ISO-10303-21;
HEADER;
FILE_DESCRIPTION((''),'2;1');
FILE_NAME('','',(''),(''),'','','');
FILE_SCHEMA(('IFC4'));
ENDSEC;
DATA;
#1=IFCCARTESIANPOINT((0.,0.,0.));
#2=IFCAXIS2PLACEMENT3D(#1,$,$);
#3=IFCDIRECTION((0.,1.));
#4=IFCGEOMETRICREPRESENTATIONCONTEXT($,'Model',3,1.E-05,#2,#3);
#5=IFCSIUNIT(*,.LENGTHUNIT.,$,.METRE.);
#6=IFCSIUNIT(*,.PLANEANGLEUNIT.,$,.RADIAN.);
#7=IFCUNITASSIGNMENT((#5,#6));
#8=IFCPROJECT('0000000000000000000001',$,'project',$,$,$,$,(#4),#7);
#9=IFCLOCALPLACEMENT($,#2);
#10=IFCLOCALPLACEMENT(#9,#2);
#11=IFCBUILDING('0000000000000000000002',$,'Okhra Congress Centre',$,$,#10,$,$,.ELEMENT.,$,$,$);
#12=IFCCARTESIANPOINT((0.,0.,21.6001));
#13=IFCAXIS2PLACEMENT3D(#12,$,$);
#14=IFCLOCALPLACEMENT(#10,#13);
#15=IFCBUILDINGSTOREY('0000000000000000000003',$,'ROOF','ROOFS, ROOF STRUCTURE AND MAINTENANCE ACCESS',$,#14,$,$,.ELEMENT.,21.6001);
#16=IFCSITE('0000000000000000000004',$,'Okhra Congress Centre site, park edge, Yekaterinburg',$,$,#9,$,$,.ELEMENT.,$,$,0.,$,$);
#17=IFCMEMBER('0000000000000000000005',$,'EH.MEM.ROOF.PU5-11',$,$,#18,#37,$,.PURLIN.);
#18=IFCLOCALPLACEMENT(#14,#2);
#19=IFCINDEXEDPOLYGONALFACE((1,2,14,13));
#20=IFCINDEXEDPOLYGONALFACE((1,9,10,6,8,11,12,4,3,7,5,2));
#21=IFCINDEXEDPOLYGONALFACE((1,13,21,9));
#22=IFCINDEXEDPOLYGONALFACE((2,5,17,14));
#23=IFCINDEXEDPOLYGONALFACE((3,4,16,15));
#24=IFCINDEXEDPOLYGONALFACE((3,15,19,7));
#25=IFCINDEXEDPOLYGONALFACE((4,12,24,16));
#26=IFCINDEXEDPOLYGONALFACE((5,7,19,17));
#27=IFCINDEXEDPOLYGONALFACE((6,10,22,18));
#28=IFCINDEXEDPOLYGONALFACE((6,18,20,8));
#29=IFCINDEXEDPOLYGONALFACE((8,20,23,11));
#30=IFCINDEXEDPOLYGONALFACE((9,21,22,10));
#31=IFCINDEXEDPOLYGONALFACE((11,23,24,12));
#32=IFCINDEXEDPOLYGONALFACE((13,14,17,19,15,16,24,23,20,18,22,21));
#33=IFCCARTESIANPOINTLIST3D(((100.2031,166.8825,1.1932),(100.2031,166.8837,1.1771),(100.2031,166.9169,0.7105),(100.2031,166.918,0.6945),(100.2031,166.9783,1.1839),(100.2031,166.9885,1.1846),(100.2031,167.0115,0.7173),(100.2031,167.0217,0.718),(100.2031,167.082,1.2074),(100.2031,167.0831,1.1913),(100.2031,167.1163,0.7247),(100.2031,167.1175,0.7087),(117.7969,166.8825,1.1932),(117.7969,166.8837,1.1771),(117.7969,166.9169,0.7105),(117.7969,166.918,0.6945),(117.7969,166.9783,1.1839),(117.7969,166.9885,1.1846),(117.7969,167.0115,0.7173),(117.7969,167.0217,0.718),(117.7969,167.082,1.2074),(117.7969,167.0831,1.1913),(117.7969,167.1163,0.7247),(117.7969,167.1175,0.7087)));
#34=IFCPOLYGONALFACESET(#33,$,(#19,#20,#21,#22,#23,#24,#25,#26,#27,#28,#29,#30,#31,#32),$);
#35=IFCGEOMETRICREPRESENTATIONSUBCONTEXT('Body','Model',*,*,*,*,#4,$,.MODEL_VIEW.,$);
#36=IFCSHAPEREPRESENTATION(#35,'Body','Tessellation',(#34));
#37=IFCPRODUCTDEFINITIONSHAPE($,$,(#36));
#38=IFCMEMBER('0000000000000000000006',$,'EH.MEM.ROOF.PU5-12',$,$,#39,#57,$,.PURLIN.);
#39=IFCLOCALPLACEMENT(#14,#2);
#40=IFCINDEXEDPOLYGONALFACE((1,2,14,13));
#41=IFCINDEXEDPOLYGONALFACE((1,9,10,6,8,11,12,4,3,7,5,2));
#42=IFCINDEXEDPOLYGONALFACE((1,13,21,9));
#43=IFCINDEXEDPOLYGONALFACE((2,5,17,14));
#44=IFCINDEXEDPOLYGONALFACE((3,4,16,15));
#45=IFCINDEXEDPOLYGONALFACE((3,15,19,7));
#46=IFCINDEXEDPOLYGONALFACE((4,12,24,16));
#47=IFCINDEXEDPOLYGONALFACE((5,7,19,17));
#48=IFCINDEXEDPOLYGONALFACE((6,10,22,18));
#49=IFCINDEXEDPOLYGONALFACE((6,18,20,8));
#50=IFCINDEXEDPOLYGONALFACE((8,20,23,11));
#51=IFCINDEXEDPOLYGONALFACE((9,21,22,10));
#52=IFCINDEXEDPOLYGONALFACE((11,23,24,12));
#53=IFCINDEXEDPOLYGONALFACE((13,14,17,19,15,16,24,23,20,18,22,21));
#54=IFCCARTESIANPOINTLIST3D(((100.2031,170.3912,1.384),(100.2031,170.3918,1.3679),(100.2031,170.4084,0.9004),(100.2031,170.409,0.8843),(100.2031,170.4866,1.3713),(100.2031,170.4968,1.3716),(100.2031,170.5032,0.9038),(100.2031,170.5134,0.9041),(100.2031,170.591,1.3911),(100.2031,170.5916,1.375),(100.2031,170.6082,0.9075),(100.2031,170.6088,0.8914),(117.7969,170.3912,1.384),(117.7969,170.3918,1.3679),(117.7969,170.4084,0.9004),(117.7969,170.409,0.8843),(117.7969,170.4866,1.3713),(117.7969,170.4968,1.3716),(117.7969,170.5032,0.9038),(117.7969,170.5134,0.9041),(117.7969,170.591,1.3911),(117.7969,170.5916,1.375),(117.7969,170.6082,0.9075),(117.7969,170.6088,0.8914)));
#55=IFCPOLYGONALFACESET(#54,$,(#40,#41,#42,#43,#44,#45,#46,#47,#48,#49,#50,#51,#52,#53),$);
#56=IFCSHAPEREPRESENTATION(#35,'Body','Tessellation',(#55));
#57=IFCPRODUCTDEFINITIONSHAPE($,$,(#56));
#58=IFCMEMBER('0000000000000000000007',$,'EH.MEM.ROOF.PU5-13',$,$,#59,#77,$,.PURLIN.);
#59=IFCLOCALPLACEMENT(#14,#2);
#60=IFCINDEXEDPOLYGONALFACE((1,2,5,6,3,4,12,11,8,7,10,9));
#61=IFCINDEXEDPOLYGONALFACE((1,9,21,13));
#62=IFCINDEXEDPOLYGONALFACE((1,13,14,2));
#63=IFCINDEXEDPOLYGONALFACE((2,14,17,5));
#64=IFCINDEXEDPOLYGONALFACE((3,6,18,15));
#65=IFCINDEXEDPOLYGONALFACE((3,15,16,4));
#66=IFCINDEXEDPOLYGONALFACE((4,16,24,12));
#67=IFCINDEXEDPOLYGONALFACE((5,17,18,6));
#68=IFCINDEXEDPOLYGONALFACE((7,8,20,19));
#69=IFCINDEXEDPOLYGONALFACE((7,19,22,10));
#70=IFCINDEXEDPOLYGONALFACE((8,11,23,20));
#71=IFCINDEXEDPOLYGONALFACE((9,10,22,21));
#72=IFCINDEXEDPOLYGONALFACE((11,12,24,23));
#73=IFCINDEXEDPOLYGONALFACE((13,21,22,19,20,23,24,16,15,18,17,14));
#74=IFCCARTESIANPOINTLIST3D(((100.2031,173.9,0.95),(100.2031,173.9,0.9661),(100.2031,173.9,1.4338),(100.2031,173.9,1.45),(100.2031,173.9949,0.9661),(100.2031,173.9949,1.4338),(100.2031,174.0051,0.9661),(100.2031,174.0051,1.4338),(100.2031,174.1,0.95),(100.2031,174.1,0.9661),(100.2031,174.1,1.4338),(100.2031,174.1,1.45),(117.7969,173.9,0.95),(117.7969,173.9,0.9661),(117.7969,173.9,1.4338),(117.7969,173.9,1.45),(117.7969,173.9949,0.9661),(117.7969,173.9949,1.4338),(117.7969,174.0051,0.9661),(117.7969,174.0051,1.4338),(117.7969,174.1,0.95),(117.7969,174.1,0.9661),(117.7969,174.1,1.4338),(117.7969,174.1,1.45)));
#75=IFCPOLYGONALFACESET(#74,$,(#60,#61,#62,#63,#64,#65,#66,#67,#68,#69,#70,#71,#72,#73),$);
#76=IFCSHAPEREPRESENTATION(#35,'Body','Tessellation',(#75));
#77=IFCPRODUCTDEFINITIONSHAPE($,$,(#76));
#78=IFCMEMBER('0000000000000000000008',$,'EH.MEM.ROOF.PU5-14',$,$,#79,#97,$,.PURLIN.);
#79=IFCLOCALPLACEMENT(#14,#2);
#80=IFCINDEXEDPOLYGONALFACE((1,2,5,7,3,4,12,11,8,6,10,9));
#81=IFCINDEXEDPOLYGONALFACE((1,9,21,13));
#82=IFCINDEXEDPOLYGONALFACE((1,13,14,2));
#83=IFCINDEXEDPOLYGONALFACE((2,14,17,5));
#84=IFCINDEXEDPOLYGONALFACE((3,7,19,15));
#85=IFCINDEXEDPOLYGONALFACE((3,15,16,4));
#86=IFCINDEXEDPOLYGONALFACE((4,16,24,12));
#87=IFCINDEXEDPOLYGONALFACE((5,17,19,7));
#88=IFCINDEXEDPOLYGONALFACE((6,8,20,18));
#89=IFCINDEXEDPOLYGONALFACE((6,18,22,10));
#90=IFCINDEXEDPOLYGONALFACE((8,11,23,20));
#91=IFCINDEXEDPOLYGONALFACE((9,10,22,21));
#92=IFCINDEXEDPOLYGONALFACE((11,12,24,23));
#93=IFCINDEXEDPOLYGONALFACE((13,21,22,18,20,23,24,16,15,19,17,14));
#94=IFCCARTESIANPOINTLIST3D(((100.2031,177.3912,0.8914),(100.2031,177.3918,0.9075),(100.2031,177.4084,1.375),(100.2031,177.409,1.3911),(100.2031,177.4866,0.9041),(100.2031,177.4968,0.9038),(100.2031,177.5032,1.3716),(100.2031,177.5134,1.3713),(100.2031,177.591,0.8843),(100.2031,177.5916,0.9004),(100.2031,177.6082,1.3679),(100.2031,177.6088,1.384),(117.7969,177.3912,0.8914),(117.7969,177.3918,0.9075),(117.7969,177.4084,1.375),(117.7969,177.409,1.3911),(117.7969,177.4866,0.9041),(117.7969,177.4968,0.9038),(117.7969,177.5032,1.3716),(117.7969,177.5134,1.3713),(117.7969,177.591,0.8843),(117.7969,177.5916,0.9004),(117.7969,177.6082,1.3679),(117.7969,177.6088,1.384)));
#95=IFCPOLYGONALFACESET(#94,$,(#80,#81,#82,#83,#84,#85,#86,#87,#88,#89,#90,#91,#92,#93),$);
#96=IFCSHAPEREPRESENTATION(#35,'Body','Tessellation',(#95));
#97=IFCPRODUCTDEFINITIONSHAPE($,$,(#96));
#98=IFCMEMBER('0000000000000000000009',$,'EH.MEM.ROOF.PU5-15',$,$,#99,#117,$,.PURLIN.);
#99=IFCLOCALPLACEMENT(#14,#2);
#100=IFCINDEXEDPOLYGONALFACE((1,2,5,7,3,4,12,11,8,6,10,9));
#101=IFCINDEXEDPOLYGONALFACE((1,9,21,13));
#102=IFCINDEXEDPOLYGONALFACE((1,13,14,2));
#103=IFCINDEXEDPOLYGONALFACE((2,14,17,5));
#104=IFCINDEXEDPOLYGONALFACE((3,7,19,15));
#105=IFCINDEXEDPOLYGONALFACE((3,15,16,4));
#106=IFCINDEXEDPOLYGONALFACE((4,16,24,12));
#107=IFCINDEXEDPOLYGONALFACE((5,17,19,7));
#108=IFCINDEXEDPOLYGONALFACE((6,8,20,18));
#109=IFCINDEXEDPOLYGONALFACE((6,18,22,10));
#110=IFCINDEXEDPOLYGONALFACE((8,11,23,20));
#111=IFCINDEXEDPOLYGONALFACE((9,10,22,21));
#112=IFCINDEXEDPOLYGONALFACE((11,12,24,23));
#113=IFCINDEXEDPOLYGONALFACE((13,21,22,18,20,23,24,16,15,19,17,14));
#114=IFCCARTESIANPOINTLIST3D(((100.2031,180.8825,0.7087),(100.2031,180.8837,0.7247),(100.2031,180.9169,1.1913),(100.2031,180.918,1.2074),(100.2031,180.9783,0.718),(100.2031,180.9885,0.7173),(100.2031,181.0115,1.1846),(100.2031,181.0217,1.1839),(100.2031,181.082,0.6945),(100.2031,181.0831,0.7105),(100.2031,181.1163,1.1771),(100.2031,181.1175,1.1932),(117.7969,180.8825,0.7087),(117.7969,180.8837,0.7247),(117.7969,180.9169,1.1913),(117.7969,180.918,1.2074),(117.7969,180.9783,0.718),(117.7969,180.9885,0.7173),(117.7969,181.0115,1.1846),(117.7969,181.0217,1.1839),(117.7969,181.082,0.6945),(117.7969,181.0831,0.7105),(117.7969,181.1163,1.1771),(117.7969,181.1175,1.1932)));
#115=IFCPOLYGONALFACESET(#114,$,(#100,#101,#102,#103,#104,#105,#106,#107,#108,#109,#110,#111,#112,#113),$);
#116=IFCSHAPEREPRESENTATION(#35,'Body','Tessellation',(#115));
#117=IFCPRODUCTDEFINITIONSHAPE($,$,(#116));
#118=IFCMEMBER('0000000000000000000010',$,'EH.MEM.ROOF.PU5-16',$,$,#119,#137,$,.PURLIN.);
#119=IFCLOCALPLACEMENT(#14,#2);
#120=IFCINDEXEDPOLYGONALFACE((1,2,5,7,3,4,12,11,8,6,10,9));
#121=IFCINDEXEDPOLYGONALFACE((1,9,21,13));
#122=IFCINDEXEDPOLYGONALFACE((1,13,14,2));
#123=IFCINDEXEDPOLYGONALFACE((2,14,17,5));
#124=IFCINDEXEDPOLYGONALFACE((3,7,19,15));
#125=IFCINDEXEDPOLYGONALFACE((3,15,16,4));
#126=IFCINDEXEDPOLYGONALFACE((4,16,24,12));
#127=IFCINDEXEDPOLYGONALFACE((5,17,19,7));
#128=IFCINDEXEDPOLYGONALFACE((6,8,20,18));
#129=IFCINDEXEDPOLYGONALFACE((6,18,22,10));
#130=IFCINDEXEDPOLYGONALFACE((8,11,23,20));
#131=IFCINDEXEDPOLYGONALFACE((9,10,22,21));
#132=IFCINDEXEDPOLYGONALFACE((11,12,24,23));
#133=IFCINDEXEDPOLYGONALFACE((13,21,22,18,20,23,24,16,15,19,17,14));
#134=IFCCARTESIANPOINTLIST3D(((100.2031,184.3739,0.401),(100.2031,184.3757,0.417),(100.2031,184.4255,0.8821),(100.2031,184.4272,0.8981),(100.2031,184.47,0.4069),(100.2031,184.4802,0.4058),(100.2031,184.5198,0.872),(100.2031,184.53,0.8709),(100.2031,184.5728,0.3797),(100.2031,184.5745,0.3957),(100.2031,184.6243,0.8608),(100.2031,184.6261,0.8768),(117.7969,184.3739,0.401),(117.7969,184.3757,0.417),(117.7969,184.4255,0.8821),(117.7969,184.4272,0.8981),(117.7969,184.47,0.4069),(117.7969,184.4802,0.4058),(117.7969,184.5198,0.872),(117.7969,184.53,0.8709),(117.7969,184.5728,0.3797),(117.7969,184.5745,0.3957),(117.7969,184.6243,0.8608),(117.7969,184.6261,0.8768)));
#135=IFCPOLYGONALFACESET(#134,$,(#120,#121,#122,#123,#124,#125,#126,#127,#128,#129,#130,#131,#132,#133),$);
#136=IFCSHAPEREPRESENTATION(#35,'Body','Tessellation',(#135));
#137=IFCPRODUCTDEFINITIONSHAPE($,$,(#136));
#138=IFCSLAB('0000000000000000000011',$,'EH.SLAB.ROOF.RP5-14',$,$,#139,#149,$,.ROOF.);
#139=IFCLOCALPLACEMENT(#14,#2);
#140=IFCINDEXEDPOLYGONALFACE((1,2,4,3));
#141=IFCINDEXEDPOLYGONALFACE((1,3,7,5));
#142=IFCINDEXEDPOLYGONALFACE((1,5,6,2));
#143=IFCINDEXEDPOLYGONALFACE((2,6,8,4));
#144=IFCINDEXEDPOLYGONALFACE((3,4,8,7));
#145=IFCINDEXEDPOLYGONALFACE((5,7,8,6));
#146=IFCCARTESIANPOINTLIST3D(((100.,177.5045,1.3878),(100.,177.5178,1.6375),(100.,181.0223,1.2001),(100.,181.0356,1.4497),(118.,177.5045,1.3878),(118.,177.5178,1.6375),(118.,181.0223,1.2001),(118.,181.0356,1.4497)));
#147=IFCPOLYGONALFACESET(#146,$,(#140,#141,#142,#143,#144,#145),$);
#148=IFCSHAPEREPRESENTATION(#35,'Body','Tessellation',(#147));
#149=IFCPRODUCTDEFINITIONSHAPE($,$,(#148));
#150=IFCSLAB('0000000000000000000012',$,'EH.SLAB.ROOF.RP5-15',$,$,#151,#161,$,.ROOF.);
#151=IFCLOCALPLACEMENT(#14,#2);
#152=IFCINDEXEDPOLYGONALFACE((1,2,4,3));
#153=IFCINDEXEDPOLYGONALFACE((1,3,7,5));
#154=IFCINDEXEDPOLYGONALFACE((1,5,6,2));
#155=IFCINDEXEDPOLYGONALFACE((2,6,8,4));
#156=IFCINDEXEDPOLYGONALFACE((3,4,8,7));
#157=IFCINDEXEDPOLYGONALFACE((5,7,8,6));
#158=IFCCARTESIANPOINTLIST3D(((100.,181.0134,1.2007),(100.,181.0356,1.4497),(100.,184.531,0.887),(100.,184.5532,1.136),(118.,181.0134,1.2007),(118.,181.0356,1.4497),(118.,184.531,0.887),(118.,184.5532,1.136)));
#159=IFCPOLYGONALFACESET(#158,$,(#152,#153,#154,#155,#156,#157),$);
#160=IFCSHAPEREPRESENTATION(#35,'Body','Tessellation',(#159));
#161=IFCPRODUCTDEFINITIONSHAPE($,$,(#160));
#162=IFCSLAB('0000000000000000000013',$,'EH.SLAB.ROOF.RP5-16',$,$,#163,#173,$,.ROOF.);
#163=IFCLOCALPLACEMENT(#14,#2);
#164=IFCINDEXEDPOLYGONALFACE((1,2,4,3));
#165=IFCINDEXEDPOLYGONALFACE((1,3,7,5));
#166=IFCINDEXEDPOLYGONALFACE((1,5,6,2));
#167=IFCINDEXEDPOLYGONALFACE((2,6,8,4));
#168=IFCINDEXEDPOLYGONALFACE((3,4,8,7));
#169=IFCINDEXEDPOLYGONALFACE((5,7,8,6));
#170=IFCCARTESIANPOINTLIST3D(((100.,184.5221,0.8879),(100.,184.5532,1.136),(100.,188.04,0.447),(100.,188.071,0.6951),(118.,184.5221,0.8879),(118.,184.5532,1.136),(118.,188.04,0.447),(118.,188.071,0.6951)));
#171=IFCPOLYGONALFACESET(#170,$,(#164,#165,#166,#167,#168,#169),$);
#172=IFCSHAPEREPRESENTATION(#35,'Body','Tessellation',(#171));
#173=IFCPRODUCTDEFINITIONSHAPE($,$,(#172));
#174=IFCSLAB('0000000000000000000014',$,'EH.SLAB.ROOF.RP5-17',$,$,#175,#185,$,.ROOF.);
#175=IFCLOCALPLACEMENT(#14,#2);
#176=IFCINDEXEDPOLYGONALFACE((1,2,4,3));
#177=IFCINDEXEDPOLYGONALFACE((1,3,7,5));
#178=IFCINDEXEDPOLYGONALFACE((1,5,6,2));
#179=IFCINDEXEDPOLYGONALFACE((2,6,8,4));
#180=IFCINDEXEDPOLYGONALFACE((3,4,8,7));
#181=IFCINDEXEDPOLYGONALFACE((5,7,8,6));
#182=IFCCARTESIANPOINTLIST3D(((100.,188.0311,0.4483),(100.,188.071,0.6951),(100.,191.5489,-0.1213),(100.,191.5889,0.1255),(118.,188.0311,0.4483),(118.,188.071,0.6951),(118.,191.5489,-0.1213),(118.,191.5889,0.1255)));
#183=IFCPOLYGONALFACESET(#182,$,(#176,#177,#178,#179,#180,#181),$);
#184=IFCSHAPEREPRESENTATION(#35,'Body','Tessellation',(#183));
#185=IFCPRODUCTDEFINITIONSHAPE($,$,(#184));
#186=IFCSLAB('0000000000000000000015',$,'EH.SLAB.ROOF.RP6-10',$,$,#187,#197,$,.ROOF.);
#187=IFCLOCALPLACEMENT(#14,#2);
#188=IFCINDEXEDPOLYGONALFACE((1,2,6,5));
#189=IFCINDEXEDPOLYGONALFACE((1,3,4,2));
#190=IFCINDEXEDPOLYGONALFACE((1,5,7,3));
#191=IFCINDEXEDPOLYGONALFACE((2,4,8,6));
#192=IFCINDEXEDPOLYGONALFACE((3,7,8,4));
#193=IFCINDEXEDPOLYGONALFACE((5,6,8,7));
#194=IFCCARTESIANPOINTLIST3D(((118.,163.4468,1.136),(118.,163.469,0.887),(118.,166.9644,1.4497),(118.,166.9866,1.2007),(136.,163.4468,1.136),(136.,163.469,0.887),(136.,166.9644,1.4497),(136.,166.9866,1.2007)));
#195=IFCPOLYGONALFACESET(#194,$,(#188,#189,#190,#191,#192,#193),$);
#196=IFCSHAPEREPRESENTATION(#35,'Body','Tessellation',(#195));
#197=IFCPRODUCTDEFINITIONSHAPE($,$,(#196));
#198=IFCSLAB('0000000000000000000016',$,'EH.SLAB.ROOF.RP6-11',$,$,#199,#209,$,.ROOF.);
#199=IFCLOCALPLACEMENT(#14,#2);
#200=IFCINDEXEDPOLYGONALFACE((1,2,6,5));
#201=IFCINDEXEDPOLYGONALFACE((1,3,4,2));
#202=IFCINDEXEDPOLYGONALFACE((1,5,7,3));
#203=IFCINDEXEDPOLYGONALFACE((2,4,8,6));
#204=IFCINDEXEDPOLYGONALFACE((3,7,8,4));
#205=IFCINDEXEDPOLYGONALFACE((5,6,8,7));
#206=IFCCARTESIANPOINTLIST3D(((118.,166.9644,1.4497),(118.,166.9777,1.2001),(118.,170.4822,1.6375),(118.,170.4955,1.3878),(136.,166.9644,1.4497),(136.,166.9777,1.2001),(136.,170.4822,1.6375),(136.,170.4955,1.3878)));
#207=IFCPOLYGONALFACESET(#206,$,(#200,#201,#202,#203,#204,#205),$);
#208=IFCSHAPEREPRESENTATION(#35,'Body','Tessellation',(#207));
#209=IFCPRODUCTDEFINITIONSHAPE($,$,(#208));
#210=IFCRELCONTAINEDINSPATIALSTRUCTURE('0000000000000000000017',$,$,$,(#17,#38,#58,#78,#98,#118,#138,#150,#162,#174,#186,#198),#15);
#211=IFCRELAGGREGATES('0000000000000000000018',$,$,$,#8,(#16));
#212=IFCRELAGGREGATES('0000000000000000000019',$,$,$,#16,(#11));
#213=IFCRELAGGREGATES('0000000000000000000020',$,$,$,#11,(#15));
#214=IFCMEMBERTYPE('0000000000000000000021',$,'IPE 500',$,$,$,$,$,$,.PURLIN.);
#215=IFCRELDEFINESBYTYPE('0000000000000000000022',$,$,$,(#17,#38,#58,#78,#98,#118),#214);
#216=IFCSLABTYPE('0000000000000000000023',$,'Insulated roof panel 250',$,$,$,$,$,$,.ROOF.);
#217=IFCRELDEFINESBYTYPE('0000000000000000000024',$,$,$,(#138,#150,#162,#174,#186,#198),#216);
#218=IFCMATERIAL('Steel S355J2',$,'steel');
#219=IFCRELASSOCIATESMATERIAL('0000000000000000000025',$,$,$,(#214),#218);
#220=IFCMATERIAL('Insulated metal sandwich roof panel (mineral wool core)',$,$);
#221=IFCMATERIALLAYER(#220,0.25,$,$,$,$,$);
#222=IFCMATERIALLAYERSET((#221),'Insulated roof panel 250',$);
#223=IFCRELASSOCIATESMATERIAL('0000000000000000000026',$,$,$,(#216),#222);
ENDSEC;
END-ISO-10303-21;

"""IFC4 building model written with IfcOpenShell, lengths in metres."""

from ifc_helpers import new_model, si_unit, direction, frame, origin, origin_2d, place, context, subcontext, project, spatial, polyline, i_section, outline, extrude, material, layer, layer_set, material_profile, profile_set, type_object, element, save


model = new_model("IFC4")

# Units and contexts
model_context = context("Model", 3, precision=1e-05, world=origin(), true_north=direction((0.0, 1.0)))
body_context = subcontext(model_context, "Body", "Model", "MODEL_VIEW")
ifc_project = project(units=[si_unit("LENGTHUNIT", "METRE"), si_unit("PLANEANGLEUNIT", "RADIAN")], contexts=[model_context])

# Site, building, storey
site_placement = place(None, origin())
site = spatial("IfcSite", under=ifc_project, at=site_placement, Name="Okhra Congress Centre site, park edge, Yekaterinburg", CompositionType="ELEMENT", RefElevation=0.0)
building_placement = place(site_placement, origin())
building = spatial("IfcBuilding", under=site, at=building_placement, Name="Okhra Congress Centre", CompositionType="ELEMENT")
storey_placement = place(building_placement, frame((0.0, 0.0, 21.6001)))
storey = spatial("IfcBuildingStorey", under=building, at=storey_placement, Name="ROOF", Description="ROOFS, ROOF STRUCTURE AND MAINTENANCE ACCESS", CompositionType="ELEMENT", Elevation=21.6001)

# Members
ifc_material_1 = material(Name="Steel S355J2", Category="steel")
ifc_material_profile_1 = material_profile(ifc_material_1, i_section(OverallWidth=0.2, OverallDepth=0.5, WebThickness=0.0103, FlangeThickness=0.0161, at=origin_2d()), Name="IPE 500")
ifc_profile_set_1 = profile_set([ifc_material_profile_1], Name="Steel S355J2")
member_type_1 = type_object("IfcMemberType", Name="IPE 500", PredefinedType="PURLIN", material=ifc_profile_set_1)
for number, where, z_axis, x_axis, name in (
    (1, (100.2031, 167.0, 0.9509), (1.0, 0.0, 0.0), (0.0, 0.997472, 0.071067), "EH.MEM.ROOF.PU5-11"),
    (2, (100.2031, 170.5, 1.1377), (1.0, 0.0, 0.0), (0.0, 0.999368, 0.035533), "EH.MEM.ROOF.PU5-12"),
    (3, (100.2031, 174.0, 1.2), (1.0, 0.0, 0.0), (0.0, 1.0, 0.0), "EH.MEM.ROOF.PU5-13"),
    (4, (100.2031, 177.5, 1.1377), (1.0, 0.0, 0.0), (0.0, 0.999368, -0.035533), "EH.MEM.ROOF.PU5-14"),
    (5, (100.2031, 181.0, 0.9509), (1.0, 0.0, 0.0), (0.0, 0.997472, -0.071067), "EH.MEM.ROOF.PU5-15"),
    (6, (100.2031, 184.5, 0.6389), (1.0, 0.0, 0.0), (0.0, 0.994302, -0.106601), "EH.MEM.ROOF.PU5-16"),
):
    element("IfcMember", number, at=place(storey_placement, frame(where, z_axis=z_axis, x_axis=x_axis)), inside=storey, type_object=member_type_1, Name=name, PredefinedType="PURLIN", context=body_context, shape_type="SweptSolid", body=[
        extrude(i_section(OverallWidth=0.2, OverallDepth=0.5, WebThickness=0.0103, FlangeThickness=0.0161, at=origin_2d()), origin(), (0.0, 0.0, 1.0), 17.5938),
    ])

# Slabs
ifc_material_2 = material(Name="Insulated metal sandwich roof panel (mineral wool core)")
ifc_layer = layer(ifc_material_2, 0.25)
ifc_layer_set = layer_set([ifc_layer], Name="Insulated roof panel 250")
slab_type = type_object("IfcSlabType", Name="Insulated roof panel 250", PredefinedType="ROOF", material=ifc_layer_set)
slab_1_placement = place(storey_placement, frame((100.0, 177.5178, 1.6375), z_axis=(0.0, 0.053294, 0.998579), x_axis=(1.0, 0.0, 0.0)))
element("IfcSlab", 7, at=slab_1_placement, inside=storey, type_object=slab_type, Name="EH.SLAB.ROOF.RP5-14", PredefinedType="ROOF", context=body_context, shape_type="SweptSolid", body=[
    extrude(outline(polyline([(0.0, 0.0), (18.0, 0.0), (18.0, 3.5228), (0.0, 3.5228), (0.0, 0.0)])), origin(), (0.0, 0.0, -1.0), 0.25),
])
slab_2_placement = place(storey_placement, frame((100.0, 181.0356, 1.4497), z_axis=(0.0, 0.088834, 0.996046), x_axis=(1.0, 0.0, 0.0)))
element("IfcSlab", 8, at=slab_2_placement, inside=storey, type_object=slab_type, Name="EH.SLAB.ROOF.RP5-15", PredefinedType="ROOF", context=body_context, shape_type="SweptSolid", body=[
    extrude(outline(polyline([(0.0, 0.0), (18.0, 0.0), (18.0, 3.5315), (0.0, 3.5315), (0.0, 0.0)])), origin(), (0.0, 0.0, -1.0), 0.25),
])
slab_3_placement = place(storey_placement, frame((100.0, 184.5532, 1.136), z_axis=(0.0, 0.124365, 0.992237), x_axis=(1.0, 0.0, 0.0)))
element("IfcSlab", 9, at=slab_3_placement, inside=storey, type_object=slab_type, Name="EH.SLAB.ROOF.RP5-16", PredefinedType="ROOF", context=body_context, shape_type="SweptSolid", body=[
    extrude(outline(polyline([(0.0, 0.0), (18.0, 0.0), (18.0, 3.5453), (0.0, 3.5453), (0.0, 0.0)])), origin(), (0.0, 0.0, -1.0), 0.25),
])
slab_4_placement = place(storey_placement, frame((100.0, 188.071, 0.6951), z_axis=(0.0, 0.159831, 0.987144), x_axis=(1.0, 0.0, 0.0)))
element("IfcSlab", 10, at=slab_4_placement, inside=storey, type_object=slab_type, Name="EH.SLAB.ROOF.RP5-17", PredefinedType="ROOF", context=body_context, shape_type="SweptSolid", body=[
    extrude(outline(polyline([(0.0, 0.0), (18.0, 0.0), (18.0, 3.5636), (0.0, 3.5636), (0.0, 0.0)])), origin(), (0.0, 0.0, -1.0), 0.25),
])
slab_5_placement = place(storey_placement, frame((118.0, 163.4468, 1.136), z_axis=(0.0, -0.088834, 0.996046), x_axis=(1.0, 0.0, 0.0)))
element("IfcSlab", 11, at=slab_5_placement, inside=storey, type_object=slab_type, Name="EH.SLAB.ROOF.RP6-10", PredefinedType="ROOF", context=body_context, shape_type="SweptSolid", body=[
    extrude(outline(polyline([(0.0, 0.0), (18.0, 0.0), (18.0, 3.5315), (0.0, 3.5315), (0.0, 0.0)])), origin(), (0.0, 0.0, -1.0), 0.25),
])
slab_6_placement = place(storey_placement, frame((118.0, 166.9644, 1.4497), z_axis=(0.0, -0.053294, 0.998579), x_axis=(1.0, 0.0, 0.0)))
element("IfcSlab", 12, at=slab_6_placement, inside=storey, type_object=slab_type, Name="EH.SLAB.ROOF.RP6-11", PredefinedType="ROOF", context=body_context, shape_type="SweptSolid", body=[
    extrude(outline(polyline([(0.0, 0.0), (18.0, 0.0), (18.0, 3.5228), (0.0, 3.5228), (0.0, 0.0)])), origin(), (0.0, 0.0, -1.0), 0.25),
])

save(model, "model.ifc")
